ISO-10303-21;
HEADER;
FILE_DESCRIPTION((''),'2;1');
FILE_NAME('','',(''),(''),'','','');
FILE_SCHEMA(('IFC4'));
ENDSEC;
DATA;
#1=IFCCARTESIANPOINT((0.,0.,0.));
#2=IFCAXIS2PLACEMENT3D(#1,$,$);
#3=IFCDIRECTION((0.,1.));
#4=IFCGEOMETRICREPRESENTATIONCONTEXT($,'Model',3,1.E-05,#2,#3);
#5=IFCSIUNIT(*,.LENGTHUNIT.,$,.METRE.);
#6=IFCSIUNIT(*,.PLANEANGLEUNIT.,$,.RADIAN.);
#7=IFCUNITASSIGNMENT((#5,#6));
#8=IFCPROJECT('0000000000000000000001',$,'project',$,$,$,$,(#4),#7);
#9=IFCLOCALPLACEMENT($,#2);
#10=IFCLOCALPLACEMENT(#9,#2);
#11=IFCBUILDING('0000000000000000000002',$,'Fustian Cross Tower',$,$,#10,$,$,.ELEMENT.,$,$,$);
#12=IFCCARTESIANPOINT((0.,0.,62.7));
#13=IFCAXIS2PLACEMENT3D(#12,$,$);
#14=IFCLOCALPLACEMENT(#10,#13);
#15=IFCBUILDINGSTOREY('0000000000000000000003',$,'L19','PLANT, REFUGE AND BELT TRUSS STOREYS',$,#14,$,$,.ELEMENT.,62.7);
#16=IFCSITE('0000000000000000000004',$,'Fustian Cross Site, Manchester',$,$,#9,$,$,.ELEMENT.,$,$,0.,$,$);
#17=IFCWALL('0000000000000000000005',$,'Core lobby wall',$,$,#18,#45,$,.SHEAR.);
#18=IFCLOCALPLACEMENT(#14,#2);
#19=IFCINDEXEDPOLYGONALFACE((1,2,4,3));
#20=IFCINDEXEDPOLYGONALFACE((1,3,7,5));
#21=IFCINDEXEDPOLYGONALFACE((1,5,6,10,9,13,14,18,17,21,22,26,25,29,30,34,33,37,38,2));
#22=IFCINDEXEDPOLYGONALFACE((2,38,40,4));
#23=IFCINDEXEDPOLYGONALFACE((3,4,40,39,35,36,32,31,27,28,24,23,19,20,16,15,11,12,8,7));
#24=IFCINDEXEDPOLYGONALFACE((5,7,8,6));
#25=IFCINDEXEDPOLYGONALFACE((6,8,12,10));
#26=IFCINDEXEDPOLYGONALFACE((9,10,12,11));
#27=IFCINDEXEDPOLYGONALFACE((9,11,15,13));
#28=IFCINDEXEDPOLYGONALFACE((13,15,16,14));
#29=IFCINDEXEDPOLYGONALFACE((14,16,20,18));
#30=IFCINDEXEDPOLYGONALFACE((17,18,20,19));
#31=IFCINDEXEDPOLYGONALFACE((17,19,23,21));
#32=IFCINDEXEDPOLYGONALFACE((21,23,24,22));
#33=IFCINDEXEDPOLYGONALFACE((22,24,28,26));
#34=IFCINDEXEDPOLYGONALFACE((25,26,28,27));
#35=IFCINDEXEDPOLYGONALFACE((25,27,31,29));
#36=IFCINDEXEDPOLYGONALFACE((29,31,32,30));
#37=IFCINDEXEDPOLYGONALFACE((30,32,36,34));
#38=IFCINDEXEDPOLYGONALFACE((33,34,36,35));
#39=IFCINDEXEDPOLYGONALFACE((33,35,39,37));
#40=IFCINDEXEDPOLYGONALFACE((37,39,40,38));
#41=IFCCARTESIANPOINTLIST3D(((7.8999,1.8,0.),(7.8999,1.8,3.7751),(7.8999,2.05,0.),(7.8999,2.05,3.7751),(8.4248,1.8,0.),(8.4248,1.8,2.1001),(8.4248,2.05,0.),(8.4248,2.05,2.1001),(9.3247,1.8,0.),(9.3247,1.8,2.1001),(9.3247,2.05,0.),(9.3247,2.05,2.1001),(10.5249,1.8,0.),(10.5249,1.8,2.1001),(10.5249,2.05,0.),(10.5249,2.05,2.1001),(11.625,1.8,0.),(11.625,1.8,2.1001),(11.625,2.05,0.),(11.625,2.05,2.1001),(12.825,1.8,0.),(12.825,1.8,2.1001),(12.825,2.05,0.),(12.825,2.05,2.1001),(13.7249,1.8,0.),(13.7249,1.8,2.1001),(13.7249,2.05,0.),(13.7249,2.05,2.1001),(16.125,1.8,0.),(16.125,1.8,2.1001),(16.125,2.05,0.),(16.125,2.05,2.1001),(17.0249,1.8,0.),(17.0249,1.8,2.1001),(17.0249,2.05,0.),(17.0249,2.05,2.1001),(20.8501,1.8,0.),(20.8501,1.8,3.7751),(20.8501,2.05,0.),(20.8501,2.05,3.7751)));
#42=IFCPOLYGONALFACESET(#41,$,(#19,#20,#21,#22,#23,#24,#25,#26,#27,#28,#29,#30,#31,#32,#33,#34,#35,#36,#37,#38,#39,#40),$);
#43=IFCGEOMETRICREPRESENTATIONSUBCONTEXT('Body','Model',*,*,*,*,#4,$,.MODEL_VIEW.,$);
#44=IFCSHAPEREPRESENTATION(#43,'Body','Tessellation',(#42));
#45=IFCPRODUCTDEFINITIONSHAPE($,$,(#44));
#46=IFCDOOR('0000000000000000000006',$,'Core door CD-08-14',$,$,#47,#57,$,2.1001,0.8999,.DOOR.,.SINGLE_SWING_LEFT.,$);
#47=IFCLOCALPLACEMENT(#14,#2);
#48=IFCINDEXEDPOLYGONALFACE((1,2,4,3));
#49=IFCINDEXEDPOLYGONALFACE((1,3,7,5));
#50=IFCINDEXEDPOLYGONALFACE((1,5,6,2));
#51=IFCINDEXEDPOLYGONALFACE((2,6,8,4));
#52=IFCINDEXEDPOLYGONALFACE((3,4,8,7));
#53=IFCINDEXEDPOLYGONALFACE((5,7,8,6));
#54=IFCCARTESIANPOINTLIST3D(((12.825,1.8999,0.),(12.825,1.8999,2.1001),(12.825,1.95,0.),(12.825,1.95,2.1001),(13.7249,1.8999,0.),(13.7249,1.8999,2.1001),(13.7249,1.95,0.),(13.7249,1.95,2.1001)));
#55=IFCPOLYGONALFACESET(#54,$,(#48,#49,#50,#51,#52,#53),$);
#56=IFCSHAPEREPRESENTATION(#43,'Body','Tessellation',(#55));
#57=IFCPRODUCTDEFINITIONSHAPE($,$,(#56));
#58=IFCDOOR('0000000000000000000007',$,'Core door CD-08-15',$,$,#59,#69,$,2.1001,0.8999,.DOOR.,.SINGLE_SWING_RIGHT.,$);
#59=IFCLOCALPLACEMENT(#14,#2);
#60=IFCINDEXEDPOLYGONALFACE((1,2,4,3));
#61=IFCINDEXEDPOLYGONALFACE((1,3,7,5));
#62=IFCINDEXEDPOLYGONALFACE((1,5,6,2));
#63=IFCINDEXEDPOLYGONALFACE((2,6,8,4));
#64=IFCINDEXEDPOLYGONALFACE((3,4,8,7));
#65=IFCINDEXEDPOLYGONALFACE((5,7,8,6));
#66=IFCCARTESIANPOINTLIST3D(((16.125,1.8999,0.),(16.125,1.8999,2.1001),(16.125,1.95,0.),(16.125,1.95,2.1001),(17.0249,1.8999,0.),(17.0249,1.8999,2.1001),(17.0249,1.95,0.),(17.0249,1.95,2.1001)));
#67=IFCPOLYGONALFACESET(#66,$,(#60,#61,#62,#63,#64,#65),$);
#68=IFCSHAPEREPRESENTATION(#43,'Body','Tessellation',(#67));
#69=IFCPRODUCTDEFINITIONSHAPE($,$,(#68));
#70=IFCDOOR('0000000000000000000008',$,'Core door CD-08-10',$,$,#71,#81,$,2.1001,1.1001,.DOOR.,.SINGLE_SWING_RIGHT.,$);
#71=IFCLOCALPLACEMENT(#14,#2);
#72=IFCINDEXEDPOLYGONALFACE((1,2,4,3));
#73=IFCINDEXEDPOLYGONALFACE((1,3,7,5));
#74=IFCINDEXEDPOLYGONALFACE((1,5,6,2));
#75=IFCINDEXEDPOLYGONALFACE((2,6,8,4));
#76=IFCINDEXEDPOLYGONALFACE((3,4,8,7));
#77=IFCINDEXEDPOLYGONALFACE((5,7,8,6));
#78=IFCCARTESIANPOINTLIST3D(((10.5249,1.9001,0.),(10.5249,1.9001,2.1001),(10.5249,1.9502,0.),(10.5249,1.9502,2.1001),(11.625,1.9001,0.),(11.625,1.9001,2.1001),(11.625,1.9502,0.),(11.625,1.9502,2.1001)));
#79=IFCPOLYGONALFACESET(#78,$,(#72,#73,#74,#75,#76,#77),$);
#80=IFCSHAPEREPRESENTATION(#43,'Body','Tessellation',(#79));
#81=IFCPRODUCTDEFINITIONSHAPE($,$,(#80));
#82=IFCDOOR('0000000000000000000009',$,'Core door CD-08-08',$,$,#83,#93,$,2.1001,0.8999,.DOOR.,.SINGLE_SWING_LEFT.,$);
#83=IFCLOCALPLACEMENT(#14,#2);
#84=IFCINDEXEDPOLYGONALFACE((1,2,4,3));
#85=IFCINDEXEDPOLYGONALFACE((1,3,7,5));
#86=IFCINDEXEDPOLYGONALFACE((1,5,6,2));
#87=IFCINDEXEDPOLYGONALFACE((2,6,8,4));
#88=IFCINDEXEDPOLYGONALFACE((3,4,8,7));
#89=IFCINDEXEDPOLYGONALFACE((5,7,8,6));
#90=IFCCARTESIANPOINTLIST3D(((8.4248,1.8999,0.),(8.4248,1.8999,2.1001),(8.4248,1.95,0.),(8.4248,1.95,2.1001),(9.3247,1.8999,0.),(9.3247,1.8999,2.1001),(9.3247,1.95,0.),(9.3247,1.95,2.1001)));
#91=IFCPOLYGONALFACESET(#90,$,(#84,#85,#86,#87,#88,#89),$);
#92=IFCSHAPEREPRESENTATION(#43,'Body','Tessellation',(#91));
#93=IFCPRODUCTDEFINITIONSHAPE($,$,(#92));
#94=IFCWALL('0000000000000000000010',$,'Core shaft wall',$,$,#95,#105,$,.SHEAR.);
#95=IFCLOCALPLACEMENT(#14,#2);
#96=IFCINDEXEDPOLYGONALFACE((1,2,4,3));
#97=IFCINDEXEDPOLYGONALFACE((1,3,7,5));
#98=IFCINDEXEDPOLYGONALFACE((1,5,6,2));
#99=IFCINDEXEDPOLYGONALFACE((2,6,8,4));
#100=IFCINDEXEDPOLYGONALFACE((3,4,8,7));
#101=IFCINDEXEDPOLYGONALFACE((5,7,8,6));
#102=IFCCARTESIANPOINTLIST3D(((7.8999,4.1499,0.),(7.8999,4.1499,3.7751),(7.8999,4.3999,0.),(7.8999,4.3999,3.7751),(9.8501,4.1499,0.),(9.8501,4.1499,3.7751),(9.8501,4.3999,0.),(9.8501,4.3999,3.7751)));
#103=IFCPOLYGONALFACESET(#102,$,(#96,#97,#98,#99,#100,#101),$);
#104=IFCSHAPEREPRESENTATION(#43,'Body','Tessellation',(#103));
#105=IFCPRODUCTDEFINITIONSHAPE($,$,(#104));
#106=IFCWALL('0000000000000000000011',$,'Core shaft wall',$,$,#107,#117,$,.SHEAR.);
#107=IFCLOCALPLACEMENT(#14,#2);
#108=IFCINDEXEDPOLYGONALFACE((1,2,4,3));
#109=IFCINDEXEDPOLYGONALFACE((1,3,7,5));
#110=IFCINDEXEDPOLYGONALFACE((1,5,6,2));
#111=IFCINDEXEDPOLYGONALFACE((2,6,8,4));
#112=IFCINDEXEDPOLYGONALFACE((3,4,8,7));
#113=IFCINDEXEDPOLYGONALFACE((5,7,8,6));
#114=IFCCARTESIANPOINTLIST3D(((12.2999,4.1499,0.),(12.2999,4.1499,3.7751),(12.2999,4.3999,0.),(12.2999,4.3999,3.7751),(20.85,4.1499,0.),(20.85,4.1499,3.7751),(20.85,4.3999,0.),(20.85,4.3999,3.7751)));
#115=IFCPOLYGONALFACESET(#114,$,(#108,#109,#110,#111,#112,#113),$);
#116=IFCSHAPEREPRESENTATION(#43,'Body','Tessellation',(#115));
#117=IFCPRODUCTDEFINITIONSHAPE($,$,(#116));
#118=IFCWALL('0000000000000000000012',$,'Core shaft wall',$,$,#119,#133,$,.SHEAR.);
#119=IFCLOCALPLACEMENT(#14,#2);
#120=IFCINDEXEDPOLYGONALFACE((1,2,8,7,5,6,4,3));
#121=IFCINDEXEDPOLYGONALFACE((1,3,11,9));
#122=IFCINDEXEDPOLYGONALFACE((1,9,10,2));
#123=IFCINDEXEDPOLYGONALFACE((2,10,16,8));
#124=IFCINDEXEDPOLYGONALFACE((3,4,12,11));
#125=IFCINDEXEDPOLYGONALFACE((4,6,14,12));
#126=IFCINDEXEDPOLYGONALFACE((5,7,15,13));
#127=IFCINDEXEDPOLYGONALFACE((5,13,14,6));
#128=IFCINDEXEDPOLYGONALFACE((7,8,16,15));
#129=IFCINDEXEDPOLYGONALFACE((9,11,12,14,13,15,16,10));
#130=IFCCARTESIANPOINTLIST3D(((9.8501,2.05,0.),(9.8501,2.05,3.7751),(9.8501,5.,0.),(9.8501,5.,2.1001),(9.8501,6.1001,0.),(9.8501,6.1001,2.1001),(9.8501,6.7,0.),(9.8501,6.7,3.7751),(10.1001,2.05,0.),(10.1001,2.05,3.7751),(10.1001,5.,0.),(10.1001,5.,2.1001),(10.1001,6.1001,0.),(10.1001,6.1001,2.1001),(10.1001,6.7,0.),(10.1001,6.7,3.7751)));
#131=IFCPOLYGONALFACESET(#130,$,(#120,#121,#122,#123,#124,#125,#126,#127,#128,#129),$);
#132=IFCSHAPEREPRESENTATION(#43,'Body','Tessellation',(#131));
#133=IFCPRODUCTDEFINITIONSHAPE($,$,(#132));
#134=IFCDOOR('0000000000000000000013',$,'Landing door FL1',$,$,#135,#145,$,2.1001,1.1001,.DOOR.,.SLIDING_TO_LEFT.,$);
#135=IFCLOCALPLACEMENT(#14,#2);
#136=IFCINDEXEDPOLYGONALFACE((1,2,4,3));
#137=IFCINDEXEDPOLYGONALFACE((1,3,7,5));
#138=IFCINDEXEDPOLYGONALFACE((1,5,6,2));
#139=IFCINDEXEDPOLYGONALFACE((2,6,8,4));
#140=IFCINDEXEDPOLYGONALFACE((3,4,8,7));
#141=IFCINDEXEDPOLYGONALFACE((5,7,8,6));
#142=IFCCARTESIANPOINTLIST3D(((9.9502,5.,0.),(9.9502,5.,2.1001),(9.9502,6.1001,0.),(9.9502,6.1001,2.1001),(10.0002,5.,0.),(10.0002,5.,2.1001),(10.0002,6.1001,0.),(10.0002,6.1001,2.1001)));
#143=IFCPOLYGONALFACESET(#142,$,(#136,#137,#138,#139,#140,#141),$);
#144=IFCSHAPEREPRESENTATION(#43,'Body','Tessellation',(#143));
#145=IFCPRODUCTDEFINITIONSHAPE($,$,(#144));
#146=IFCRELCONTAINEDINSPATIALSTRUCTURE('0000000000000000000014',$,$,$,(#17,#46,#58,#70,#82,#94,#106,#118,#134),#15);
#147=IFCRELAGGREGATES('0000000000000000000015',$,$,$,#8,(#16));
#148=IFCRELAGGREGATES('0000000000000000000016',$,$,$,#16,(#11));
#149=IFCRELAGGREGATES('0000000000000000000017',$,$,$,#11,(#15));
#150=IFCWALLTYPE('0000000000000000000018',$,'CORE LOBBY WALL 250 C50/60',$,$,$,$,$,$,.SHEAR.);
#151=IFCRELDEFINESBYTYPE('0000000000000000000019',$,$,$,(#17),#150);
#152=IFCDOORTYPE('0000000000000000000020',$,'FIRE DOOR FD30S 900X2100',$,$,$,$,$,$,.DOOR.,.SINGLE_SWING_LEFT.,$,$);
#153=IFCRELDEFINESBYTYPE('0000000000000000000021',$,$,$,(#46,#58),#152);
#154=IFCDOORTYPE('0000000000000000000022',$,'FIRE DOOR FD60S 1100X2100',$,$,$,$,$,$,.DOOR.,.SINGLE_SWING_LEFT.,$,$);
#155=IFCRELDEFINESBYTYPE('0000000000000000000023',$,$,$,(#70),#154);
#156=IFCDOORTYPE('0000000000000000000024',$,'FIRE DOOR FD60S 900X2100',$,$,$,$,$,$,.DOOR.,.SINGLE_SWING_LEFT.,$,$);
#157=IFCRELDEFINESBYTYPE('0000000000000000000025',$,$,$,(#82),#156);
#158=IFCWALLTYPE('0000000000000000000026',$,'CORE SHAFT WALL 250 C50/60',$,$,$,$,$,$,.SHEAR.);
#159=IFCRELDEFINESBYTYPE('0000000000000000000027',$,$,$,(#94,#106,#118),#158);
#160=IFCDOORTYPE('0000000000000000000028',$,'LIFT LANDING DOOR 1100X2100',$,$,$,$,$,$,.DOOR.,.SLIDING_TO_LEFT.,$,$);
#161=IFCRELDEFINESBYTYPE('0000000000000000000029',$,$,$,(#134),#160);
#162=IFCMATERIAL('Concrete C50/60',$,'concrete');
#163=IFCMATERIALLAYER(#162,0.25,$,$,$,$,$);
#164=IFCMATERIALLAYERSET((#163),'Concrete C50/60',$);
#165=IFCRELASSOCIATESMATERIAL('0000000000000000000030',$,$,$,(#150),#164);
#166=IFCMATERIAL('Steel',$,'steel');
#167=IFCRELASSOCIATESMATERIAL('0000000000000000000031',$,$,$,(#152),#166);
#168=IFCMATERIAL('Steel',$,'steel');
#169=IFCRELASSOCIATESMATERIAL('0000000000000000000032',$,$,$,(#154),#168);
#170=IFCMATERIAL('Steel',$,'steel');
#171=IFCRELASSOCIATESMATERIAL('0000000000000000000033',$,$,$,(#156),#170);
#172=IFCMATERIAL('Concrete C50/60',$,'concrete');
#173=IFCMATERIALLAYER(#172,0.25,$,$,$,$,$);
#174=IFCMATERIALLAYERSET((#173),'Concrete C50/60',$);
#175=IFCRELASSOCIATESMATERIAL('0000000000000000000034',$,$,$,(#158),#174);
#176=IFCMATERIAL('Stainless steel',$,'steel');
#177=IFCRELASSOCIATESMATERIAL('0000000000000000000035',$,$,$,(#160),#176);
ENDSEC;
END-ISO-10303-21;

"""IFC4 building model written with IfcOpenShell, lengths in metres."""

from ifc_helpers import new_model, si_unit, direction, frame, frame_2d, origin, place, context, subcontext, project, spatial, rectangle, extrude, material, layer, layer_set, type_object, element, fill, save


model = new_model("IFC4")

# Units and contexts
model_context = context("Model", 3, precision=1e-05, world=origin(), true_north=direction((0.0, 1.0)))
body_context = subcontext(model_context, "Body", "Model", "MODEL_VIEW")
ifc_project = project(units=[si_unit("LENGTHUNIT", "METRE"), si_unit("PLANEANGLEUNIT", "RADIAN")], contexts=[model_context])

# Site, building, storey
site_placement = place(None, origin())
site = spatial("IfcSite", under=ifc_project, at=site_placement, Name="Fustian Cross Site, Manchester", CompositionType="ELEMENT", RefElevation=0.0)
building_placement = place(site_placement, origin())
building = spatial("IfcBuilding", under=site, at=building_placement, Name="Fustian Cross Tower", CompositionType="ELEMENT")
storey_placement = place(building_placement, frame((0.0, 0.0, 62.7)))
storey = spatial("IfcBuildingStorey", under=building, at=storey_placement, Name="L19", Description="PLANT, REFUGE AND BELT TRUSS STOREYS", CompositionType="ELEMENT", Elevation=62.7)

# Wall, openings, doors
ifc_material_1 = material(Name="Concrete C50/60", Category="concrete")
ifc_layer_1 = layer(ifc_material_1, 0.25)
ifc_layer_set_1 = layer_set([ifc_layer_1], Name="Concrete C50/60")
wall_type_1 = type_object("IfcWallType", Name="CORE LOBBY WALL 250 C50/60", PredefinedType="SHEAR", material=ifc_layer_set_1)
wall_1_placement = place(storey_placement, frame((7.8999, 1.925, 0.0), z_axis=(0.0, 0.0, 1.0), x_axis=(1.0, 0.0, 0.0)))
wall_1 = element("IfcWall", 1, at=wall_1_placement, inside=storey, type_object=wall_type_1, Name="Core lobby wall", PredefinedType="SHEAR", context=body_context, shape_type="SweptSolid", body=[
    extrude(rectangle(XDim=12.9502, YDim=0.25, at=frame_2d((6.4751, 0.0))), origin(), (0.0, 0.0, 1.0), 3.7751),
])
opening_1_placement = place(wall_1_placement, frame((0.5249, 0.0, 0.0)))
opening_1 = element("IfcOpeningElement", 2, at=opening_1_placement, cuts=wall_1, PredefinedType="OPENING", context=body_context, shape_type="SweptSolid", body=[
    extrude(rectangle(XDim=0.8999, YDim=2.1001, at=frame_2d((0.45, 1.05))), frame((0.0, 0.135, 0.0), z_axis=(0.0, -1.0, 0.0), x_axis=(1.0, 0.0, 0.0)), (0.0, 0.0, 1.0), 0.27),
])
opening_2_placement = place(wall_1_placement, frame((2.625, 0.0, 0.0)))
opening_2 = element("IfcOpeningElement", 3, at=opening_2_placement, cuts=wall_1, PredefinedType="OPENING", context=body_context, shape_type="SweptSolid", body=[
    extrude(rectangle(XDim=1.1001, YDim=2.1001, at=frame_2d((0.55, 1.05))), frame((0.0, 0.135, 0.0), z_axis=(0.0, -1.0, 0.0), x_axis=(1.0, 0.0, 0.0)), (0.0, 0.0, 1.0), 0.27),
])
opening_3_placement = place(wall_1_placement, frame((4.925, 0.0, 0.0)))
opening_3 = element("IfcOpeningElement", 4, at=opening_3_placement, cuts=wall_1, PredefinedType="OPENING", context=body_context, shape_type="SweptSolid", body=[
    extrude(rectangle(XDim=0.8999, YDim=2.1001, at=frame_2d((0.45, 1.05))), frame((0.0, 0.135, 0.0), z_axis=(0.0, -1.0, 0.0), x_axis=(1.0, 0.0, 0.0)), (0.0, 0.0, 1.0), 0.27),
])
opening_4_placement = place(wall_1_placement, frame((8.2251, 0.0, 0.0)))
opening_4 = element("IfcOpeningElement", 5, at=opening_4_placement, cuts=wall_1, PredefinedType="OPENING", context=body_context, shape_type="SweptSolid", body=[
    extrude(rectangle(XDim=0.8999, YDim=2.1001, at=frame_2d((0.45, 1.05))), frame((0.0, 0.135, 0.0), z_axis=(0.0, -1.0, 0.0), x_axis=(1.0, 0.0, 0.0)), (0.0, 0.0, 1.0), 0.27),
])
ifc_material_2 = material(Name="Steel", Category="steel")
door_type_1 = type_object("IfcDoorType", Name="FIRE DOOR FD30S 900X2100", OperationType="SINGLE_SWING_LEFT", PredefinedType="DOOR", material=ifc_material_2)
door_1_placement = place(opening_3_placement, origin())
door_1 = element("IfcDoor", 6, at=door_1_placement, inside=storey, type_object=door_type_1, Name="Core door CD-08-14", OperationType="SINGLE_SWING_LEFT", OverallHeight=2.1001, OverallWidth=0.8999, PredefinedType="DOOR", context=body_context, shape_type="SweptSolid", body=[
    extrude(rectangle(XDim=0.8999, YDim=2.1001, at=frame_2d((0.45, 1.05))), frame((0.0, 0.0249, 0.0), z_axis=(0.0, -1.0, 0.0), x_axis=(1.0, 0.0, 0.0)), (0.0, 0.0, 1.0), 0.05),
])
fill(opening_3, door_1)
door_2_placement = place(opening_4_placement, origin())
door_2 = element("IfcDoor", 7, at=door_2_placement, inside=storey, type_object=door_type_1, Name="Core door CD-08-15", OperationType="SINGLE_SWING_RIGHT", OverallHeight=2.1001, OverallWidth=0.8999, PredefinedType="DOOR", context=body_context, shape_type="SweptSolid", body=[
    extrude(rectangle(XDim=0.8999, YDim=2.1001, at=frame_2d((0.45, 1.05))), frame((0.0, 0.0249, 0.0), z_axis=(0.0, -1.0, 0.0), x_axis=(1.0, 0.0, 0.0)), (0.0, 0.0, 1.0), 0.05),
])
fill(opening_4, door_2)
ifc_material_3 = material(Name="Steel", Category="steel")
door_type_2 = type_object("IfcDoorType", Name="FIRE DOOR FD60S 1100X2100", OperationType="SINGLE_SWING_LEFT", PredefinedType="DOOR", material=ifc_material_3)
door_3_placement = place(opening_2_placement, frame((1.1001, 0.0, 0.0), z_axis=(0.0, 0.0, 1.0), x_axis=(-1.0, 0.0, 0.0)))
door_3 = element("IfcDoor", 8, at=door_3_placement, inside=storey, type_object=door_type_2, Name="Core door CD-08-10", OperationType="SINGLE_SWING_RIGHT", OverallHeight=2.1001, OverallWidth=1.1001, PredefinedType="DOOR", context=body_context, shape_type="SweptSolid", body=[
    extrude(rectangle(XDim=1.1001, YDim=2.1001, at=frame_2d((0.55, 1.05))), frame((0.0, 0.0249, 0.0), z_axis=(0.0, -1.0, 0.0), x_axis=(1.0, 0.0, 0.0)), (0.0, 0.0, 1.0), 0.05),
])
fill(opening_2, door_3)
ifc_material_4 = material(Name="Steel", Category="steel")
door_type_3 = type_object("IfcDoorType", Name="FIRE DOOR FD60S 900X2100", OperationType="SINGLE_SWING_LEFT", PredefinedType="DOOR", material=ifc_material_4)
door_4_placement = place(opening_1_placement, origin())
door_4 = element("IfcDoor", 9, at=door_4_placement, inside=storey, type_object=door_type_3, Name="Core door CD-08-08", OperationType="SINGLE_SWING_LEFT", OverallHeight=2.1001, OverallWidth=0.8999, PredefinedType="DOOR", context=body_context, shape_type="SweptSolid", body=[
    extrude(rectangle(XDim=0.8999, YDim=2.1001, at=frame_2d((0.45, 1.05))), frame((0.0, 0.0249, 0.0), z_axis=(0.0, -1.0, 0.0), x_axis=(1.0, 0.0, 0.0)), (0.0, 0.0, 1.0), 0.05),
])
fill(opening_1, door_4)

# Walls
ifc_material_5 = material(Name="Concrete C50/60", Category="concrete")
ifc_layer_2 = layer(ifc_material_5, 0.25)
ifc_layer_set_2 = layer_set([ifc_layer_2], Name="Concrete C50/60")
wall_type_2 = type_object("IfcWallType", Name="CORE SHAFT WALL 250 C50/60", PredefinedType="SHEAR", material=ifc_layer_set_2)
wall_2_placement = place(storey_placement, frame((7.8999, 4.2749, 0.0), z_axis=(0.0, 0.0, 1.0), x_axis=(1.0, 0.0, 0.0)))
element("IfcWall", 10, at=wall_2_placement, inside=storey, type_object=wall_type_2, Name="Core shaft wall", PredefinedType="SHEAR", context=body_context, shape_type="SweptSolid", body=[
    extrude(rectangle(XDim=1.9502, YDim=0.25, at=frame_2d((0.9751, 0.0))), origin(), (0.0, 0.0, 1.0), 3.7751),
])
wall_3_placement = place(storey_placement, frame((12.3, 4.2749, 0.0), z_axis=(0.0, 0.0, 1.0), x_axis=(1.0, 0.0, 0.0)))
element("IfcWall", 11, at=wall_3_placement, inside=storey, type_object=wall_type_2, Name="Core shaft wall", PredefinedType="SHEAR", context=body_context, shape_type="SweptSolid", body=[
    extrude(rectangle(XDim=8.55, YDim=0.25, at=frame_2d((4.2749, 0.0))), origin(), (0.0, 0.0, 1.0), 3.7751),
])

# Wall, opening, door
wall_4_placement = place(storey_placement, frame((9.9751, 2.05, 0.0), z_axis=(0.0, 0.0, 1.0), x_axis=(0.0, 1.0, 0.0)))
wall_4 = element("IfcWall", 12, at=wall_4_placement, inside=storey, type_object=wall_type_2, Name="Core shaft wall", PredefinedType="SHEAR", context=body_context, shape_type="SweptSolid", body=[
    extrude(rectangle(XDim=4.6499, YDim=0.25, at=frame_2d((2.325, 0.0))), origin(), (0.0, 0.0, 1.0), 3.7751),
])
opening_5_placement = place(wall_4_placement, frame((2.95, 0.0, 0.0)))
opening_5 = element("IfcOpeningElement", 13, at=opening_5_placement, cuts=wall_4, PredefinedType="OPENING", context=body_context, shape_type="SweptSolid", body=[
    extrude(rectangle(XDim=1.1001, YDim=2.1001, at=frame_2d((0.55, 1.05))), frame((0.0, 0.135, 0.0), z_axis=(0.0, -1.0, 0.0), x_axis=(1.0, 0.0, 0.0)), (0.0, 0.0, 1.0), 0.27),
])
ifc_material_6 = material(Name="Stainless steel", Category="steel")
door_type_4 = type_object("IfcDoorType", Name="LIFT LANDING DOOR 1100X2100", OperationType="SLIDING_TO_LEFT", PredefinedType="DOOR", material=ifc_material_6)
door_5_placement = place(opening_5_placement, origin())
door_5 = element("IfcDoor", 14, at=door_5_placement, inside=storey, type_object=door_type_4, Name="Landing door FL1", OperationType="SLIDING_TO_LEFT", OverallHeight=2.1001, OverallWidth=1.1001, PredefinedType="DOOR", context=body_context, shape_type="SweptSolid", body=[
    extrude(rectangle(XDim=1.1001, YDim=2.1001, at=frame_2d((0.55, 1.05))), frame((0.0, 0.0249, 0.0), z_axis=(0.0, -1.0, 0.0), x_axis=(1.0, 0.0, 0.0)), (0.0, 0.0, 1.0), 0.05),
])
fill(opening_5, door_5)

save(model, "model.ifc")
